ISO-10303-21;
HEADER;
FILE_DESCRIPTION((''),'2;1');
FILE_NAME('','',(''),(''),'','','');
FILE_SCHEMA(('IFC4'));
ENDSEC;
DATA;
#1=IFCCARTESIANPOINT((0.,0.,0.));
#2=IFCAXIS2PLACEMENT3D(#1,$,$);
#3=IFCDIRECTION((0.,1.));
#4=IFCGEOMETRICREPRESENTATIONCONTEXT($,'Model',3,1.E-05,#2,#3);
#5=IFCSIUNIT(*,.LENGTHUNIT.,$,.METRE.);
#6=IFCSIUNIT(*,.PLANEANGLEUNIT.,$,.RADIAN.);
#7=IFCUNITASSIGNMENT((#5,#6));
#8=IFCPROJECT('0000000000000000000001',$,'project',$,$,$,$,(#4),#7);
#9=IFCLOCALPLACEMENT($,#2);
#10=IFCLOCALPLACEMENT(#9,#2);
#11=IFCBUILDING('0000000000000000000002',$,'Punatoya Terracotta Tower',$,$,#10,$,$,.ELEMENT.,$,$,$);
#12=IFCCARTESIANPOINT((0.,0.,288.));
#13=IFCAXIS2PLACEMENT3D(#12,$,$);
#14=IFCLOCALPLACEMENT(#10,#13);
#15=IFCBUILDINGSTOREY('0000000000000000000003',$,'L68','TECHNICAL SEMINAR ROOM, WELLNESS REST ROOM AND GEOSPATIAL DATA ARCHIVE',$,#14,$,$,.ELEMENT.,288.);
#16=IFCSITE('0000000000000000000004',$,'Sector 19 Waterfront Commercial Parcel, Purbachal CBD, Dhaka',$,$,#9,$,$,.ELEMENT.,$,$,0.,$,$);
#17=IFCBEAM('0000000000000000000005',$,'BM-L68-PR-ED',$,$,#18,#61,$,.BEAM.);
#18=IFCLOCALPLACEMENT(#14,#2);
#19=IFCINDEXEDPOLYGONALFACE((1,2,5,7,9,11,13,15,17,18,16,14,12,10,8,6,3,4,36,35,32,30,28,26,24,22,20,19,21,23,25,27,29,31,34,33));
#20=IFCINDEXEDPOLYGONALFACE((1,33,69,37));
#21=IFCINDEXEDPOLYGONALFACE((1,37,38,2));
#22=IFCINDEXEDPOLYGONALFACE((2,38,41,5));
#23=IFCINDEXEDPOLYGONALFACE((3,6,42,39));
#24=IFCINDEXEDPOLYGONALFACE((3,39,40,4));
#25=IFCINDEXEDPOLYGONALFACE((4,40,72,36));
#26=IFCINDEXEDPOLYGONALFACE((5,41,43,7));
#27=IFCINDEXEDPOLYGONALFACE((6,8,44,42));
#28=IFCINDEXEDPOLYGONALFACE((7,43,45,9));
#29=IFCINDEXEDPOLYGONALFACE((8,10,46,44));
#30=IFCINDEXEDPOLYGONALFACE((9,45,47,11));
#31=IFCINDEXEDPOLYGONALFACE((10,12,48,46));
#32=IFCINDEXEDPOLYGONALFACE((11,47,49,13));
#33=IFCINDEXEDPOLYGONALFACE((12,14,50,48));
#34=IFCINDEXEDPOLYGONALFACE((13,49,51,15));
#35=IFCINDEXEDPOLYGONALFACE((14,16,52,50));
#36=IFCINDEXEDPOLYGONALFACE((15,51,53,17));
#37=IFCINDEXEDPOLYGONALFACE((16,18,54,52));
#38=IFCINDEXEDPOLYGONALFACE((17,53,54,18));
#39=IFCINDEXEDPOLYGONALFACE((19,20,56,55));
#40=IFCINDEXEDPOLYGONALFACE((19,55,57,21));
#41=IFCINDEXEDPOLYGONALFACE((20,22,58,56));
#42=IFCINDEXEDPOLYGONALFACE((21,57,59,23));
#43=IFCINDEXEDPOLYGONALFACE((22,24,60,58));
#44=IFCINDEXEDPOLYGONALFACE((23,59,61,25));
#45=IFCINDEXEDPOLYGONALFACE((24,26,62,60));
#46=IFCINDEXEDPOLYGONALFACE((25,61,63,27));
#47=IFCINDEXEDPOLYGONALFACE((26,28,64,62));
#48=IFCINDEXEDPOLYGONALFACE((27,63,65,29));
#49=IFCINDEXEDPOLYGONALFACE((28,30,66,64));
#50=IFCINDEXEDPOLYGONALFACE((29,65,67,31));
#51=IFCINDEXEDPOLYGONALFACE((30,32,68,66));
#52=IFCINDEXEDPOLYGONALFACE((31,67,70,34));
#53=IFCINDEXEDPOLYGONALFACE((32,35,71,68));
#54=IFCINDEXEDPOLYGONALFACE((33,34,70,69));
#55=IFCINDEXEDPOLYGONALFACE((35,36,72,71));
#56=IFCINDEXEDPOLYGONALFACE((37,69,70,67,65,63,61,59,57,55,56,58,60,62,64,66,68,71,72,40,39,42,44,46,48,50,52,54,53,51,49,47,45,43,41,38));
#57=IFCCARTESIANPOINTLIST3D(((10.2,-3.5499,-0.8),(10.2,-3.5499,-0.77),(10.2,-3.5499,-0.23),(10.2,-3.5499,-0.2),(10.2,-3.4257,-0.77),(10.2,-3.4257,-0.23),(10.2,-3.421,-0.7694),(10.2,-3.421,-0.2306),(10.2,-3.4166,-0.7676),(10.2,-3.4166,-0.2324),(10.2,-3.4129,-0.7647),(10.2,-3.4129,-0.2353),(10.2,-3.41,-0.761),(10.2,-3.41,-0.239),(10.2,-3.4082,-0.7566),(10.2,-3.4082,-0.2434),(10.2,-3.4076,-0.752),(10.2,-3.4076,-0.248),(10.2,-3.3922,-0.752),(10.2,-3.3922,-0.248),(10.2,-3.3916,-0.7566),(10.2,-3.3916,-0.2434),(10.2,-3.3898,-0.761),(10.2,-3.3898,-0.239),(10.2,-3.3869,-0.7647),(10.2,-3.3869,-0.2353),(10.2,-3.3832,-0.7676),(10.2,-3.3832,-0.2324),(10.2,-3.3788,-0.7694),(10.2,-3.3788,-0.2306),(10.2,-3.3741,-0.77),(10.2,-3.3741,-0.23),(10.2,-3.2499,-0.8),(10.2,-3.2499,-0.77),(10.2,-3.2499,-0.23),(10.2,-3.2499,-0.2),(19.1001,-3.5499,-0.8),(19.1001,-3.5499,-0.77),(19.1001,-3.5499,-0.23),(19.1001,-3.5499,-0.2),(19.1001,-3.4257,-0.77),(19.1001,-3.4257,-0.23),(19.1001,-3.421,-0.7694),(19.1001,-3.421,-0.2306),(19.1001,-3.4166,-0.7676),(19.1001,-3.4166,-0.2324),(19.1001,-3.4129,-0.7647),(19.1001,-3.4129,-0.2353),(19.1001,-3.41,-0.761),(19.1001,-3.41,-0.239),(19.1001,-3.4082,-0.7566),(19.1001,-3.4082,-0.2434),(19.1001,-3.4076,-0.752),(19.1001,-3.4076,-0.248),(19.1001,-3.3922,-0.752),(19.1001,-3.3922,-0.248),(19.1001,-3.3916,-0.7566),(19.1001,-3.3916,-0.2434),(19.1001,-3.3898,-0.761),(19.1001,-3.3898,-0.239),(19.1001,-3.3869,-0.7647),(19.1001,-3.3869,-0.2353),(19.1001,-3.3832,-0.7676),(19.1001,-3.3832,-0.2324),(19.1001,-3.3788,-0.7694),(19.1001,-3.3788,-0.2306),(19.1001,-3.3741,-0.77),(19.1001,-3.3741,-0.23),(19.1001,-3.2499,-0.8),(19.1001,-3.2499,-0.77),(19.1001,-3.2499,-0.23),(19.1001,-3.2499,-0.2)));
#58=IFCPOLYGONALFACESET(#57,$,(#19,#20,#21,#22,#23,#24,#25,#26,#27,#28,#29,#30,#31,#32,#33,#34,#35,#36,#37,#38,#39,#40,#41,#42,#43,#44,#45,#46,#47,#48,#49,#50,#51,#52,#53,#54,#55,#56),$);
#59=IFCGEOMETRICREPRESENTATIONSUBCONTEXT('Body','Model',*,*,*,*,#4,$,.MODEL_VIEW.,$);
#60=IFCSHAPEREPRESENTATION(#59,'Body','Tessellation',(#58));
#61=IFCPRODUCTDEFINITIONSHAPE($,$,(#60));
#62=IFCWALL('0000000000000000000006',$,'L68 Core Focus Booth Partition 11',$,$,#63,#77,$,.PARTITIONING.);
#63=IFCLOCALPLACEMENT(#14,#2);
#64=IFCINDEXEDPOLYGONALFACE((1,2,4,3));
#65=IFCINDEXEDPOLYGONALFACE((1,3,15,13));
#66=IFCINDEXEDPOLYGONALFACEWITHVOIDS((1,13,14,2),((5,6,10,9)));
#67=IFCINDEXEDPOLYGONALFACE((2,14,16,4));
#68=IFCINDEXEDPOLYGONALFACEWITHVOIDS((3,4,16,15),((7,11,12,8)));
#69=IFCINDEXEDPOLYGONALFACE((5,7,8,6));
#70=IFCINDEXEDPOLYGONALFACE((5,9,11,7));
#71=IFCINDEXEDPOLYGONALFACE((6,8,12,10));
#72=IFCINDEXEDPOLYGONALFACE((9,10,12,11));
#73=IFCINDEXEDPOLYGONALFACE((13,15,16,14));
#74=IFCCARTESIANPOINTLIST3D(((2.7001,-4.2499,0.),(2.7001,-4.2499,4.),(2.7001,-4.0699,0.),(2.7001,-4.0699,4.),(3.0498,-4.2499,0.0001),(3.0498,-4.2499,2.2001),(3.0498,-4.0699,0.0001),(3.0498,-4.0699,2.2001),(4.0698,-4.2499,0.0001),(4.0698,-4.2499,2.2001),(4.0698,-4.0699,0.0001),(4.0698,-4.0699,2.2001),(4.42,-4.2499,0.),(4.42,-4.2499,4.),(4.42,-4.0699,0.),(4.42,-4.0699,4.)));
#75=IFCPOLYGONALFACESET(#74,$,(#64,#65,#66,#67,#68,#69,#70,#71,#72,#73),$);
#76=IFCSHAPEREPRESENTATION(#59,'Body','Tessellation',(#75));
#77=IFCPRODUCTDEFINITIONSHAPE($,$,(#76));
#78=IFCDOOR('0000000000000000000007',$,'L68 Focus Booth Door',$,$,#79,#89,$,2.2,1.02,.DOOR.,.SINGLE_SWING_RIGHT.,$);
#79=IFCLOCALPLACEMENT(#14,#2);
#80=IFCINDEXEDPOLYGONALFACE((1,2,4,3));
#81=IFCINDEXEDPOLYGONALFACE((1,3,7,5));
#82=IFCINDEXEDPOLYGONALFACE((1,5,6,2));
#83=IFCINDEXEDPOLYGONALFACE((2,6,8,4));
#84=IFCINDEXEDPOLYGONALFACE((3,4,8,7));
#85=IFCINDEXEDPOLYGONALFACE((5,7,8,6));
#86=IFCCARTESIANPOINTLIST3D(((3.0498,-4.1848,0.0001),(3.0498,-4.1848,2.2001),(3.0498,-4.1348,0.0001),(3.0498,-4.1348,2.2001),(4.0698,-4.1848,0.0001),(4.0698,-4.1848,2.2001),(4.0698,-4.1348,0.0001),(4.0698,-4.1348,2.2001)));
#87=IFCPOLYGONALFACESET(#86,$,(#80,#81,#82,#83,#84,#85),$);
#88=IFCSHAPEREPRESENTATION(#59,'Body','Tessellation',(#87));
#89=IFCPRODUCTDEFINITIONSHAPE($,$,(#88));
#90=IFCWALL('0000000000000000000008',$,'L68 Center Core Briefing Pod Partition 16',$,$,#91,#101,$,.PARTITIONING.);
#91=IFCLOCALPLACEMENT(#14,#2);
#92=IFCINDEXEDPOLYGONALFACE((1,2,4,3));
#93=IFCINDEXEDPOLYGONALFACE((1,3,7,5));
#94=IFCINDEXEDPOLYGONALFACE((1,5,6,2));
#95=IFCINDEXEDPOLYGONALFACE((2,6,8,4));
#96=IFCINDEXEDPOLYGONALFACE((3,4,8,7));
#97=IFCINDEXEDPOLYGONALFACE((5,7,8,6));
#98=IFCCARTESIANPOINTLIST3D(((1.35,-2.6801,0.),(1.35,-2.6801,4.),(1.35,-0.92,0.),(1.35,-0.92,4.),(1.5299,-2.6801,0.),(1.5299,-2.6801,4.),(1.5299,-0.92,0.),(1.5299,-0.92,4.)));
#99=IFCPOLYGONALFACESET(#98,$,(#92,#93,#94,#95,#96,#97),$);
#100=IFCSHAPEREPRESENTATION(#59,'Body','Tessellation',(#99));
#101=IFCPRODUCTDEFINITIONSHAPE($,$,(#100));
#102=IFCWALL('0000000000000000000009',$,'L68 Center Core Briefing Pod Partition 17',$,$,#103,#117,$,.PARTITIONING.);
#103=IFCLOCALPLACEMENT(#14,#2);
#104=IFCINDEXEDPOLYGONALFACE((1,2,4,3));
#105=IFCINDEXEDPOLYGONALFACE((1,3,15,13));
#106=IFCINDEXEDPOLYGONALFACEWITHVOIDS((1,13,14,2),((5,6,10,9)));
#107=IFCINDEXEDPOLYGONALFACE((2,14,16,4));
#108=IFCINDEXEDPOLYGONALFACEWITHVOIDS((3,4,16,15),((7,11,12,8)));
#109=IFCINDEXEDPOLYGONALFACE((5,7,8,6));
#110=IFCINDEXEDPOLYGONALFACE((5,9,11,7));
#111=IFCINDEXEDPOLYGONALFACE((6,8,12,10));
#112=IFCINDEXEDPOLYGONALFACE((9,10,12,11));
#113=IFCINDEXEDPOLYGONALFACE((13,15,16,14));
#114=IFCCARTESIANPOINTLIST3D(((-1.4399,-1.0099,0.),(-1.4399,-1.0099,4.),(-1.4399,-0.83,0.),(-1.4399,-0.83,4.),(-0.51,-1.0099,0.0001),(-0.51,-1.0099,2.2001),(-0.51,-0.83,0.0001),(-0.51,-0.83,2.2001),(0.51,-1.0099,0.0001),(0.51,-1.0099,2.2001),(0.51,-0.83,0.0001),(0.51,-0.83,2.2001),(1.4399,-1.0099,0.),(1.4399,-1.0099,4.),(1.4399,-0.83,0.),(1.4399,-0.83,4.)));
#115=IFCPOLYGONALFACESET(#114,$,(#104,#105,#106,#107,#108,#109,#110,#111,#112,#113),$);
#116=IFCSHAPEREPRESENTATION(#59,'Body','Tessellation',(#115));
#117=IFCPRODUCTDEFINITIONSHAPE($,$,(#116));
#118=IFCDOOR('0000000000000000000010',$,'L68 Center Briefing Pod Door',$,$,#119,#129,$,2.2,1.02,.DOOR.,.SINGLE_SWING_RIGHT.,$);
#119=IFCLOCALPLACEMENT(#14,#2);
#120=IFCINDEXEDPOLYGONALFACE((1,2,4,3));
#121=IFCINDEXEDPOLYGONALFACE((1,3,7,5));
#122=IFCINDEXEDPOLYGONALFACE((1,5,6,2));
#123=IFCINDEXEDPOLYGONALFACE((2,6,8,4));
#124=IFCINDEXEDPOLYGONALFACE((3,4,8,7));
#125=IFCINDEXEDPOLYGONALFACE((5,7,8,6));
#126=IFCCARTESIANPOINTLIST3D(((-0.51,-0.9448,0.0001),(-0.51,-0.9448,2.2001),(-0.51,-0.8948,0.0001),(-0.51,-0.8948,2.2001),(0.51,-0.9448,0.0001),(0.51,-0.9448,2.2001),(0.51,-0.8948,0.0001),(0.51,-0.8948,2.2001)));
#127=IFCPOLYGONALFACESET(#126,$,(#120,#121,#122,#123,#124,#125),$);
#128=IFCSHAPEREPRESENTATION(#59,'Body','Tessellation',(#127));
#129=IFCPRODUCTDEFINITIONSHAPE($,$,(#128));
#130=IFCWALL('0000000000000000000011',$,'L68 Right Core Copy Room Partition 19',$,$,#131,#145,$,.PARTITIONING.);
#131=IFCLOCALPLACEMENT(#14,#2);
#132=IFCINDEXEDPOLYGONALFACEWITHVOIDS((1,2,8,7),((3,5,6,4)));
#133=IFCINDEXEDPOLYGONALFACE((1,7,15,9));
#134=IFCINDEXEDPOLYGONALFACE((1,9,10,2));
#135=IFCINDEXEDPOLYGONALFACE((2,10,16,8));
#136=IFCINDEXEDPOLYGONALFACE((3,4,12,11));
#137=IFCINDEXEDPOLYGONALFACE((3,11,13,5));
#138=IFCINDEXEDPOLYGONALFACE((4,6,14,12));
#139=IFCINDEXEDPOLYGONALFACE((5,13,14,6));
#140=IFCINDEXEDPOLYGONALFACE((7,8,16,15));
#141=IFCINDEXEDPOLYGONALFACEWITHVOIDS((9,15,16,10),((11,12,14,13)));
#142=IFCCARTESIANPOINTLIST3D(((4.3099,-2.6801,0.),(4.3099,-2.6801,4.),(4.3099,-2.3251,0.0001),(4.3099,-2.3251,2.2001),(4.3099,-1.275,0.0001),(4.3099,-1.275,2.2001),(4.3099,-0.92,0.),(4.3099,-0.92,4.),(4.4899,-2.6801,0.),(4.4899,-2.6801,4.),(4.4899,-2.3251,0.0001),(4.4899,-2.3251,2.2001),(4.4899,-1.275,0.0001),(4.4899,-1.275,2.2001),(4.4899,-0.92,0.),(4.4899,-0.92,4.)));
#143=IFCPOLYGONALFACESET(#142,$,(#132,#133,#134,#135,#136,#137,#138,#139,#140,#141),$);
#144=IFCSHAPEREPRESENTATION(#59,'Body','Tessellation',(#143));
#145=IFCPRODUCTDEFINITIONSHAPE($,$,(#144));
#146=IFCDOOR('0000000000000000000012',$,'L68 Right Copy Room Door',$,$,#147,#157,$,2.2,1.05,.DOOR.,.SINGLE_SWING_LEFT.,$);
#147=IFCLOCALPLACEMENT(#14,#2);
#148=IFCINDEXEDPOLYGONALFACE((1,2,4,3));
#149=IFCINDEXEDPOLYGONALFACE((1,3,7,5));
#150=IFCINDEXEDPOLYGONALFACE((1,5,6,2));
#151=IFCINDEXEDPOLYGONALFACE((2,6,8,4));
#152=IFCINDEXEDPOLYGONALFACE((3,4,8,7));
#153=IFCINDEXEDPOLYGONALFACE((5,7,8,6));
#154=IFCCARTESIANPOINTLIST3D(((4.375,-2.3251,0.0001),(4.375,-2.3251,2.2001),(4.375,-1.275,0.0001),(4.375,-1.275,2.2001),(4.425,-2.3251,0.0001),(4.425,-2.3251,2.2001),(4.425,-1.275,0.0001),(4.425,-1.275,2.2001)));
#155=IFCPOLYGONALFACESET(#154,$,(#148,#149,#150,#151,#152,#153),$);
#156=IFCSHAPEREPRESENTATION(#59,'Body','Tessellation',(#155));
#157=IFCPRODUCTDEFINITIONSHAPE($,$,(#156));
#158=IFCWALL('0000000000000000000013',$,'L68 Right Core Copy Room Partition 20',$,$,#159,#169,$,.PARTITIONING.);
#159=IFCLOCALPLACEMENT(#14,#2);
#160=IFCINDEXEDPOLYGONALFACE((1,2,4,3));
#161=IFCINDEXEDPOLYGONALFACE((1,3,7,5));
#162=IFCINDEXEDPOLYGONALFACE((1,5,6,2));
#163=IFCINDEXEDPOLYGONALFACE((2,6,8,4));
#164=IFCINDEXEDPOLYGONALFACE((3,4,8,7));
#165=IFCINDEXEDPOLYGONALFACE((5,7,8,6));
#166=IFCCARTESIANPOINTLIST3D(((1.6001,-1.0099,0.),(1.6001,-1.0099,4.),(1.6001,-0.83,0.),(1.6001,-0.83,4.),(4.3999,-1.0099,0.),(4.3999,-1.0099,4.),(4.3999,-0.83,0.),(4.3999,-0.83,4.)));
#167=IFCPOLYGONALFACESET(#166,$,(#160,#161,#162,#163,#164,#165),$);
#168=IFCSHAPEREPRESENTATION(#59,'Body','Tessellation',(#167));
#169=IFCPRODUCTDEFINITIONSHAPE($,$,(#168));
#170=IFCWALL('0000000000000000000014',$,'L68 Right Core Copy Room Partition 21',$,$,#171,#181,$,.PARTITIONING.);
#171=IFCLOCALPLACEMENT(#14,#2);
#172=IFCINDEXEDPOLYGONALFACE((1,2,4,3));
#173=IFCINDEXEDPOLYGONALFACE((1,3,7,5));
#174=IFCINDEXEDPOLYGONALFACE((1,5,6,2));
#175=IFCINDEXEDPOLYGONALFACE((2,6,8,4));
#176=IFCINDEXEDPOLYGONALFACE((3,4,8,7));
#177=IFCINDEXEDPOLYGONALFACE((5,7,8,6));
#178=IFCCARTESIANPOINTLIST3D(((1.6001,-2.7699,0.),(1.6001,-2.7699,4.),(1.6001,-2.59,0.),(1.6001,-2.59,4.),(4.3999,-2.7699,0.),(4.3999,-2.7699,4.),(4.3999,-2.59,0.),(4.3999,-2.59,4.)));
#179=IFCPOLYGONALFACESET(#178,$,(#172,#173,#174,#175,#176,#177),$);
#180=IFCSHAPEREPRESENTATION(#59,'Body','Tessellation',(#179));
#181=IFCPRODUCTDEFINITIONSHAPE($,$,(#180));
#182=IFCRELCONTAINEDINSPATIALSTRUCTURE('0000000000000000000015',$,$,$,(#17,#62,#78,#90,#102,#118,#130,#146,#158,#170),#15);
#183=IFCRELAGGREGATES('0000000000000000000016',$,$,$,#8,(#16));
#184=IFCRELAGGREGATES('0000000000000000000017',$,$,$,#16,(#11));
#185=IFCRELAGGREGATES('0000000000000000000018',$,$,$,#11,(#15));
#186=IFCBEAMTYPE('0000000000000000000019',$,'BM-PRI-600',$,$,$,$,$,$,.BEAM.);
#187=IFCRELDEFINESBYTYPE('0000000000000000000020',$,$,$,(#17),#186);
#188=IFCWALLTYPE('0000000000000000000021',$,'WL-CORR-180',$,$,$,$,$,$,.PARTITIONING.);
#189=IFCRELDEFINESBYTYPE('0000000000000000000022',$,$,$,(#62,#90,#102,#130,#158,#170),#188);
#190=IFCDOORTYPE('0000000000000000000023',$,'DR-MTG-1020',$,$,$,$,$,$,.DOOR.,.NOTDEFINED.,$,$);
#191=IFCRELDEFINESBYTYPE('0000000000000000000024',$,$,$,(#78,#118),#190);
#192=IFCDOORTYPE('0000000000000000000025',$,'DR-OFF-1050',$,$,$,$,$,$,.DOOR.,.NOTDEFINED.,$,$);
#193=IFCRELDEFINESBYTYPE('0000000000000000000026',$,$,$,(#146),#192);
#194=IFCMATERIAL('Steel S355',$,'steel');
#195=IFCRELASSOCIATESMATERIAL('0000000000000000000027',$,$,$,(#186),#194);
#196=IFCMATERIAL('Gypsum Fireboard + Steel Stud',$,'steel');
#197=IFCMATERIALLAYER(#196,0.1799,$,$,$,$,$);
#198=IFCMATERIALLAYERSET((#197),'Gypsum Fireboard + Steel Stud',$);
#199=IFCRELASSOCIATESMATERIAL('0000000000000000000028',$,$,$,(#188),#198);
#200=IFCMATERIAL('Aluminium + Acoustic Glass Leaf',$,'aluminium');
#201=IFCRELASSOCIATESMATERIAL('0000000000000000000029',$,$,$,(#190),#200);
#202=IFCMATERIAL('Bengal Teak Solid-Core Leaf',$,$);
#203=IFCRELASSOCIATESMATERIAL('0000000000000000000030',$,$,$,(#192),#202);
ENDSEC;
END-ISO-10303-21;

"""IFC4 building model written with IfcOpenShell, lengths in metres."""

from ifc_helpers import new_model, si_unit, direction, frame, frame_2d, origin, origin_2d, place, context, subcontext, project, spatial, rectangle, i_section, extrude, material, layer, layer_set, material_profile, profile_set, type_object, element, fill, save


model = new_model("IFC4")

# Units and contexts
model_context = context("Model", 3, precision=1e-05, world=origin(), true_north=direction((0.0, 1.0)))
body_context = subcontext(model_context, "Body", "Model", "MODEL_VIEW")
ifc_project = project(units=[si_unit("LENGTHUNIT", "METRE"), si_unit("PLANEANGLEUNIT", "RADIAN")], contexts=[model_context])

# Site, building, storey
site_placement = place(None, origin())
site = spatial("IfcSite", under=ifc_project, at=site_placement, Name="Sector 19 Waterfront Commercial Parcel, Purbachal CBD, Dhaka", CompositionType="ELEMENT", RefElevation=0.0)
building_placement = place(site_placement, origin())
building = spatial("IfcBuilding", under=site, at=building_placement, Name="Punatoya Terracotta Tower", CompositionType="ELEMENT")
storey_placement = place(building_placement, frame((0.0, 0.0, 288.0)))
storey = spatial("IfcBuildingStorey", under=building, at=storey_placement, Name="L68", Description="TECHNICAL SEMINAR ROOM, WELLNESS REST ROOM AND GEOSPATIAL DATA ARCHIVE", CompositionType="ELEMENT", Elevation=288.0)

# Beam
ifc_material_1 = material(Name="Steel S355", Category="steel")
ifc_material_profile = material_profile(ifc_material_1, i_section(OverallWidth=0.3, OverallDepth=0.6001, WebThickness=0.0154, FlangeThickness=0.03, FilletRadius=0.0181, at=origin_2d()))
ifc_profile_set = profile_set([ifc_material_profile], Name="Steel S355")
beam_type = type_object("IfcBeamType", Name="BM-PRI-600", PredefinedType="BEAM", material=ifc_profile_set)
beam_placement = place(storey_placement, frame((10.2, -3.3999, -0.5), z_axis=(1.0, 0.0, 0.0), x_axis=(0.0, 1.0, 0.0)))
element("IfcBeam", 1, at=beam_placement, inside=storey, type_object=beam_type, Name="BM-L68-PR-ED", PredefinedType="BEAM", context=body_context, shape_type="SweptSolid", body=[
    extrude(i_section(OverallWidth=0.3, OverallDepth=0.6001, WebThickness=0.0154, FlangeThickness=0.03, FilletRadius=0.0181, at=origin_2d()), origin(), (0.0, 0.0, 1.0), 8.9001),
])

# Wall, opening, door
ifc_material_2 = material(Name="Gypsum Fireboard + Steel Stud", Category="steel")
ifc_layer_1 = layer(ifc_material_2, 0.1799)
ifc_layer_set_1 = layer_set([ifc_layer_1], Name="Gypsum Fireboard + Steel Stud")
wall_type_1 = type_object("IfcWallType", Name="WL-CORR-180", PredefinedType="PARTITIONING", material=ifc_layer_set_1)
wall_1_placement = place(storey_placement, frame((4.4199, -4.1599, 0.0), z_axis=(0.0, 0.0, 1.0), x_axis=(-1.0, 0.0, 0.0)))
wall_1 = element("IfcWall", 2, at=wall_1_placement, inside=storey, type_object=wall_type_1, Name="L68 Core Focus Booth Partition 11", PredefinedType="PARTITIONING", context=body_context, shape_type="SweptSolid", body=[
    extrude(rectangle(XDim=1.72, YDim=0.1799, at=frame_2d((0.8599, 0.0))), origin(), (0.0, 0.0, 1.0), 4.0),
])
opening_1_placement = place(wall_1_placement, frame((0.3501, 0.0, 0.0)))
opening_1 = element("IfcOpeningElement", 3, at=opening_1_placement, cuts=wall_1, PredefinedType="OPENING", context=body_context, shape_type="SweptSolid", body=[
    extrude(rectangle(XDim=1.02, YDim=2.2, at=frame_2d((0.51, 1.1001))), frame((0.0, 0.0999, 0.0), z_axis=(0.0, -1.0, 0.0), x_axis=(1.0, 0.0, 0.0)), (0.0, 0.0, 1.0), 0.2),
])
ifc_material_3 = material(Name="Aluminium + Acoustic Glass Leaf", Category="aluminium")
door_type_1 = type_object("IfcDoorType", Name="DR-MTG-1020", OperationType="NOTDEFINED", PredefinedType="DOOR", material=ifc_material_3)
door_1_placement = place(opening_1_placement, origin())
door_1 = element("IfcDoor", 4, at=door_1_placement, inside=storey, type_object=door_type_1, Name="L68 Focus Booth Door", OperationType="SINGLE_SWING_RIGHT", OverallHeight=2.2, OverallWidth=1.02, PredefinedType="DOOR", context=body_context, shape_type="SweptSolid", body=[
    extrude(rectangle(XDim=1.02, YDim=2.2, at=frame_2d((0.51, 1.1001))), frame((0.0, 0.0249, 0.0), z_axis=(0.0, -1.0, 0.0), x_axis=(1.0, 0.0, 0.0)), (0.0, 0.0, 1.0), 0.05),
])
fill(opening_1, door_1)

# Wall
wall_2_placement = place(storey_placement, frame((1.4399, -2.6799, 0.0), z_axis=(0.0, 0.0, 1.0), x_axis=(0.0, 1.0, 0.0)))
element("IfcWall", 5, at=wall_2_placement, inside=storey, type_object=wall_type_1, Name="L68 Center Core Briefing Pod Partition 16", PredefinedType="PARTITIONING", context=body_context, shape_type="SweptSolid", body=[
    extrude(rectangle(XDim=1.76, YDim=0.1799, at=frame_2d((0.8799, 0.0))), origin(), (0.0, 0.0, 1.0), 4.0),
])

# Walls, openings, doors
wall_3_placement = place(storey_placement, frame((1.4399, -0.9199, 0.0), z_axis=(0.0, 0.0, 1.0), x_axis=(-1.0, 0.0, 0.0)))
wall_3 = element("IfcWall", 6, at=wall_3_placement, inside=storey, type_object=wall_type_1, Name="L68 Center Core Briefing Pod Partition 17", PredefinedType="PARTITIONING", context=body_context, shape_type="SweptSolid", body=[
    extrude(rectangle(XDim=2.8799, YDim=0.1799, at=frame_2d((1.4399, 0.0))), origin(), (0.0, 0.0, 1.0), 4.0),
])
opening_2_placement = place(wall_3_placement, frame((0.9299, 0.0, 0.0)))
opening_2 = element("IfcOpeningElement", 7, at=opening_2_placement, cuts=wall_3, PredefinedType="OPENING", context=body_context, shape_type="SweptSolid", body=[
    extrude(rectangle(XDim=1.02, YDim=2.2, at=frame_2d((0.51, 1.1001))), frame((0.0, 0.0999, 0.0), z_axis=(0.0, -1.0, 0.0), x_axis=(1.0, 0.0, 0.0)), (0.0, 0.0, 1.0), 0.2),
])
door_2_placement = place(opening_2_placement, origin())
door_2 = element("IfcDoor", 8, at=door_2_placement, inside=storey, type_object=door_type_1, Name="L68 Center Briefing Pod Door", OperationType="SINGLE_SWING_RIGHT", OverallHeight=2.2, OverallWidth=1.02, PredefinedType="DOOR", context=body_context, shape_type="SweptSolid", body=[
    extrude(rectangle(XDim=1.02, YDim=2.2, at=frame_2d((0.51, 1.1001))), frame((0.0, 0.0249, 0.0), z_axis=(0.0, -1.0, 0.0), x_axis=(1.0, 0.0, 0.0)), (0.0, 0.0, 1.0), 0.05),
])
fill(opening_2, door_2)
wall_4_placement = place(storey_placement, frame((4.3999, -2.6799, 0.0), z_axis=(0.0, 0.0, 1.0), x_axis=(0.0, 1.0, 0.0)))
wall_4 = element("IfcWall", 9, at=wall_4_placement, inside=storey, type_object=wall_type_1, Name="L68 Right Core Copy Room Partition 19", PredefinedType="PARTITIONING", context=body_context, shape_type="SweptSolid", body=[
    extrude(rectangle(XDim=1.76, YDim=0.1799, at=frame_2d((0.8799, 0.0))), origin(), (0.0, 0.0, 1.0), 4.0),
])
opening_3_placement = place(wall_4_placement, frame((0.355, 0.0, 0.0)))
opening_3 = element("IfcOpeningElement", 10, at=opening_3_placement, cuts=wall_4, PredefinedType="OPENING", context=body_context, shape_type="SweptSolid", body=[
    extrude(rectangle(XDim=1.05, YDim=2.2, at=frame_2d((0.5249, 1.1001))), frame((0.0, 0.0999, 0.0), z_axis=(0.0, -1.0, 0.0), x_axis=(1.0, 0.0, 0.0)), (0.0, 0.0, 1.0), 0.2),
])
ifc_material_4 = material(Name="Bengal Teak Solid-Core Leaf")
door_type_2 = type_object("IfcDoorType", Name="DR-OFF-1050", OperationType="NOTDEFINED", PredefinedType="DOOR", material=ifc_material_4)
door_3_placement = place(opening_3_placement, origin())
door_3 = element("IfcDoor", 11, at=door_3_placement, inside=storey, type_object=door_type_2, Name="L68 Right Copy Room Door", OperationType="SINGLE_SWING_LEFT", OverallHeight=2.2, OverallWidth=1.05, PredefinedType="DOOR", context=body_context, shape_type="SweptSolid", body=[
    extrude(rectangle(XDim=1.05, YDim=2.2, at=frame_2d((0.5249, 1.1001))), frame((0.0, 0.0249, 0.0), z_axis=(0.0, -1.0, 0.0), x_axis=(1.0, 0.0, 0.0)), (0.0, 0.0, 1.0), 0.05),
])
fill(opening_3, door_3)

# Walls
for number, where, z_axis, x_axis, name in (
    (12, (4.3999, -0.9199, 0.0), (0.0, 0.0, 1.0), (-1.0, 0.0, 0.0), "L68 Right Core Copy Room Partition 20"),
    (13, (1.6001, -2.6799, 0.0), (0.0, 0.0, 1.0), (1.0, 0.0, 0.0), "L68 Right Core Copy Room Partition 21"),
):
    element("IfcWall", number, at=place(storey_placement, frame(where, z_axis=z_axis, x_axis=x_axis)), inside=storey, type_object=wall_type_1, Name=name, PredefinedType="PARTITIONING", context=body_context, shape_type="SweptSolid", body=[
        extrude(rectangle(XDim=2.7998, YDim=0.1799, at=frame_2d((1.3999, 0.0))), origin(), (0.0, 0.0, 1.0), 4.0),
    ])

save(model, "model.ifc")
